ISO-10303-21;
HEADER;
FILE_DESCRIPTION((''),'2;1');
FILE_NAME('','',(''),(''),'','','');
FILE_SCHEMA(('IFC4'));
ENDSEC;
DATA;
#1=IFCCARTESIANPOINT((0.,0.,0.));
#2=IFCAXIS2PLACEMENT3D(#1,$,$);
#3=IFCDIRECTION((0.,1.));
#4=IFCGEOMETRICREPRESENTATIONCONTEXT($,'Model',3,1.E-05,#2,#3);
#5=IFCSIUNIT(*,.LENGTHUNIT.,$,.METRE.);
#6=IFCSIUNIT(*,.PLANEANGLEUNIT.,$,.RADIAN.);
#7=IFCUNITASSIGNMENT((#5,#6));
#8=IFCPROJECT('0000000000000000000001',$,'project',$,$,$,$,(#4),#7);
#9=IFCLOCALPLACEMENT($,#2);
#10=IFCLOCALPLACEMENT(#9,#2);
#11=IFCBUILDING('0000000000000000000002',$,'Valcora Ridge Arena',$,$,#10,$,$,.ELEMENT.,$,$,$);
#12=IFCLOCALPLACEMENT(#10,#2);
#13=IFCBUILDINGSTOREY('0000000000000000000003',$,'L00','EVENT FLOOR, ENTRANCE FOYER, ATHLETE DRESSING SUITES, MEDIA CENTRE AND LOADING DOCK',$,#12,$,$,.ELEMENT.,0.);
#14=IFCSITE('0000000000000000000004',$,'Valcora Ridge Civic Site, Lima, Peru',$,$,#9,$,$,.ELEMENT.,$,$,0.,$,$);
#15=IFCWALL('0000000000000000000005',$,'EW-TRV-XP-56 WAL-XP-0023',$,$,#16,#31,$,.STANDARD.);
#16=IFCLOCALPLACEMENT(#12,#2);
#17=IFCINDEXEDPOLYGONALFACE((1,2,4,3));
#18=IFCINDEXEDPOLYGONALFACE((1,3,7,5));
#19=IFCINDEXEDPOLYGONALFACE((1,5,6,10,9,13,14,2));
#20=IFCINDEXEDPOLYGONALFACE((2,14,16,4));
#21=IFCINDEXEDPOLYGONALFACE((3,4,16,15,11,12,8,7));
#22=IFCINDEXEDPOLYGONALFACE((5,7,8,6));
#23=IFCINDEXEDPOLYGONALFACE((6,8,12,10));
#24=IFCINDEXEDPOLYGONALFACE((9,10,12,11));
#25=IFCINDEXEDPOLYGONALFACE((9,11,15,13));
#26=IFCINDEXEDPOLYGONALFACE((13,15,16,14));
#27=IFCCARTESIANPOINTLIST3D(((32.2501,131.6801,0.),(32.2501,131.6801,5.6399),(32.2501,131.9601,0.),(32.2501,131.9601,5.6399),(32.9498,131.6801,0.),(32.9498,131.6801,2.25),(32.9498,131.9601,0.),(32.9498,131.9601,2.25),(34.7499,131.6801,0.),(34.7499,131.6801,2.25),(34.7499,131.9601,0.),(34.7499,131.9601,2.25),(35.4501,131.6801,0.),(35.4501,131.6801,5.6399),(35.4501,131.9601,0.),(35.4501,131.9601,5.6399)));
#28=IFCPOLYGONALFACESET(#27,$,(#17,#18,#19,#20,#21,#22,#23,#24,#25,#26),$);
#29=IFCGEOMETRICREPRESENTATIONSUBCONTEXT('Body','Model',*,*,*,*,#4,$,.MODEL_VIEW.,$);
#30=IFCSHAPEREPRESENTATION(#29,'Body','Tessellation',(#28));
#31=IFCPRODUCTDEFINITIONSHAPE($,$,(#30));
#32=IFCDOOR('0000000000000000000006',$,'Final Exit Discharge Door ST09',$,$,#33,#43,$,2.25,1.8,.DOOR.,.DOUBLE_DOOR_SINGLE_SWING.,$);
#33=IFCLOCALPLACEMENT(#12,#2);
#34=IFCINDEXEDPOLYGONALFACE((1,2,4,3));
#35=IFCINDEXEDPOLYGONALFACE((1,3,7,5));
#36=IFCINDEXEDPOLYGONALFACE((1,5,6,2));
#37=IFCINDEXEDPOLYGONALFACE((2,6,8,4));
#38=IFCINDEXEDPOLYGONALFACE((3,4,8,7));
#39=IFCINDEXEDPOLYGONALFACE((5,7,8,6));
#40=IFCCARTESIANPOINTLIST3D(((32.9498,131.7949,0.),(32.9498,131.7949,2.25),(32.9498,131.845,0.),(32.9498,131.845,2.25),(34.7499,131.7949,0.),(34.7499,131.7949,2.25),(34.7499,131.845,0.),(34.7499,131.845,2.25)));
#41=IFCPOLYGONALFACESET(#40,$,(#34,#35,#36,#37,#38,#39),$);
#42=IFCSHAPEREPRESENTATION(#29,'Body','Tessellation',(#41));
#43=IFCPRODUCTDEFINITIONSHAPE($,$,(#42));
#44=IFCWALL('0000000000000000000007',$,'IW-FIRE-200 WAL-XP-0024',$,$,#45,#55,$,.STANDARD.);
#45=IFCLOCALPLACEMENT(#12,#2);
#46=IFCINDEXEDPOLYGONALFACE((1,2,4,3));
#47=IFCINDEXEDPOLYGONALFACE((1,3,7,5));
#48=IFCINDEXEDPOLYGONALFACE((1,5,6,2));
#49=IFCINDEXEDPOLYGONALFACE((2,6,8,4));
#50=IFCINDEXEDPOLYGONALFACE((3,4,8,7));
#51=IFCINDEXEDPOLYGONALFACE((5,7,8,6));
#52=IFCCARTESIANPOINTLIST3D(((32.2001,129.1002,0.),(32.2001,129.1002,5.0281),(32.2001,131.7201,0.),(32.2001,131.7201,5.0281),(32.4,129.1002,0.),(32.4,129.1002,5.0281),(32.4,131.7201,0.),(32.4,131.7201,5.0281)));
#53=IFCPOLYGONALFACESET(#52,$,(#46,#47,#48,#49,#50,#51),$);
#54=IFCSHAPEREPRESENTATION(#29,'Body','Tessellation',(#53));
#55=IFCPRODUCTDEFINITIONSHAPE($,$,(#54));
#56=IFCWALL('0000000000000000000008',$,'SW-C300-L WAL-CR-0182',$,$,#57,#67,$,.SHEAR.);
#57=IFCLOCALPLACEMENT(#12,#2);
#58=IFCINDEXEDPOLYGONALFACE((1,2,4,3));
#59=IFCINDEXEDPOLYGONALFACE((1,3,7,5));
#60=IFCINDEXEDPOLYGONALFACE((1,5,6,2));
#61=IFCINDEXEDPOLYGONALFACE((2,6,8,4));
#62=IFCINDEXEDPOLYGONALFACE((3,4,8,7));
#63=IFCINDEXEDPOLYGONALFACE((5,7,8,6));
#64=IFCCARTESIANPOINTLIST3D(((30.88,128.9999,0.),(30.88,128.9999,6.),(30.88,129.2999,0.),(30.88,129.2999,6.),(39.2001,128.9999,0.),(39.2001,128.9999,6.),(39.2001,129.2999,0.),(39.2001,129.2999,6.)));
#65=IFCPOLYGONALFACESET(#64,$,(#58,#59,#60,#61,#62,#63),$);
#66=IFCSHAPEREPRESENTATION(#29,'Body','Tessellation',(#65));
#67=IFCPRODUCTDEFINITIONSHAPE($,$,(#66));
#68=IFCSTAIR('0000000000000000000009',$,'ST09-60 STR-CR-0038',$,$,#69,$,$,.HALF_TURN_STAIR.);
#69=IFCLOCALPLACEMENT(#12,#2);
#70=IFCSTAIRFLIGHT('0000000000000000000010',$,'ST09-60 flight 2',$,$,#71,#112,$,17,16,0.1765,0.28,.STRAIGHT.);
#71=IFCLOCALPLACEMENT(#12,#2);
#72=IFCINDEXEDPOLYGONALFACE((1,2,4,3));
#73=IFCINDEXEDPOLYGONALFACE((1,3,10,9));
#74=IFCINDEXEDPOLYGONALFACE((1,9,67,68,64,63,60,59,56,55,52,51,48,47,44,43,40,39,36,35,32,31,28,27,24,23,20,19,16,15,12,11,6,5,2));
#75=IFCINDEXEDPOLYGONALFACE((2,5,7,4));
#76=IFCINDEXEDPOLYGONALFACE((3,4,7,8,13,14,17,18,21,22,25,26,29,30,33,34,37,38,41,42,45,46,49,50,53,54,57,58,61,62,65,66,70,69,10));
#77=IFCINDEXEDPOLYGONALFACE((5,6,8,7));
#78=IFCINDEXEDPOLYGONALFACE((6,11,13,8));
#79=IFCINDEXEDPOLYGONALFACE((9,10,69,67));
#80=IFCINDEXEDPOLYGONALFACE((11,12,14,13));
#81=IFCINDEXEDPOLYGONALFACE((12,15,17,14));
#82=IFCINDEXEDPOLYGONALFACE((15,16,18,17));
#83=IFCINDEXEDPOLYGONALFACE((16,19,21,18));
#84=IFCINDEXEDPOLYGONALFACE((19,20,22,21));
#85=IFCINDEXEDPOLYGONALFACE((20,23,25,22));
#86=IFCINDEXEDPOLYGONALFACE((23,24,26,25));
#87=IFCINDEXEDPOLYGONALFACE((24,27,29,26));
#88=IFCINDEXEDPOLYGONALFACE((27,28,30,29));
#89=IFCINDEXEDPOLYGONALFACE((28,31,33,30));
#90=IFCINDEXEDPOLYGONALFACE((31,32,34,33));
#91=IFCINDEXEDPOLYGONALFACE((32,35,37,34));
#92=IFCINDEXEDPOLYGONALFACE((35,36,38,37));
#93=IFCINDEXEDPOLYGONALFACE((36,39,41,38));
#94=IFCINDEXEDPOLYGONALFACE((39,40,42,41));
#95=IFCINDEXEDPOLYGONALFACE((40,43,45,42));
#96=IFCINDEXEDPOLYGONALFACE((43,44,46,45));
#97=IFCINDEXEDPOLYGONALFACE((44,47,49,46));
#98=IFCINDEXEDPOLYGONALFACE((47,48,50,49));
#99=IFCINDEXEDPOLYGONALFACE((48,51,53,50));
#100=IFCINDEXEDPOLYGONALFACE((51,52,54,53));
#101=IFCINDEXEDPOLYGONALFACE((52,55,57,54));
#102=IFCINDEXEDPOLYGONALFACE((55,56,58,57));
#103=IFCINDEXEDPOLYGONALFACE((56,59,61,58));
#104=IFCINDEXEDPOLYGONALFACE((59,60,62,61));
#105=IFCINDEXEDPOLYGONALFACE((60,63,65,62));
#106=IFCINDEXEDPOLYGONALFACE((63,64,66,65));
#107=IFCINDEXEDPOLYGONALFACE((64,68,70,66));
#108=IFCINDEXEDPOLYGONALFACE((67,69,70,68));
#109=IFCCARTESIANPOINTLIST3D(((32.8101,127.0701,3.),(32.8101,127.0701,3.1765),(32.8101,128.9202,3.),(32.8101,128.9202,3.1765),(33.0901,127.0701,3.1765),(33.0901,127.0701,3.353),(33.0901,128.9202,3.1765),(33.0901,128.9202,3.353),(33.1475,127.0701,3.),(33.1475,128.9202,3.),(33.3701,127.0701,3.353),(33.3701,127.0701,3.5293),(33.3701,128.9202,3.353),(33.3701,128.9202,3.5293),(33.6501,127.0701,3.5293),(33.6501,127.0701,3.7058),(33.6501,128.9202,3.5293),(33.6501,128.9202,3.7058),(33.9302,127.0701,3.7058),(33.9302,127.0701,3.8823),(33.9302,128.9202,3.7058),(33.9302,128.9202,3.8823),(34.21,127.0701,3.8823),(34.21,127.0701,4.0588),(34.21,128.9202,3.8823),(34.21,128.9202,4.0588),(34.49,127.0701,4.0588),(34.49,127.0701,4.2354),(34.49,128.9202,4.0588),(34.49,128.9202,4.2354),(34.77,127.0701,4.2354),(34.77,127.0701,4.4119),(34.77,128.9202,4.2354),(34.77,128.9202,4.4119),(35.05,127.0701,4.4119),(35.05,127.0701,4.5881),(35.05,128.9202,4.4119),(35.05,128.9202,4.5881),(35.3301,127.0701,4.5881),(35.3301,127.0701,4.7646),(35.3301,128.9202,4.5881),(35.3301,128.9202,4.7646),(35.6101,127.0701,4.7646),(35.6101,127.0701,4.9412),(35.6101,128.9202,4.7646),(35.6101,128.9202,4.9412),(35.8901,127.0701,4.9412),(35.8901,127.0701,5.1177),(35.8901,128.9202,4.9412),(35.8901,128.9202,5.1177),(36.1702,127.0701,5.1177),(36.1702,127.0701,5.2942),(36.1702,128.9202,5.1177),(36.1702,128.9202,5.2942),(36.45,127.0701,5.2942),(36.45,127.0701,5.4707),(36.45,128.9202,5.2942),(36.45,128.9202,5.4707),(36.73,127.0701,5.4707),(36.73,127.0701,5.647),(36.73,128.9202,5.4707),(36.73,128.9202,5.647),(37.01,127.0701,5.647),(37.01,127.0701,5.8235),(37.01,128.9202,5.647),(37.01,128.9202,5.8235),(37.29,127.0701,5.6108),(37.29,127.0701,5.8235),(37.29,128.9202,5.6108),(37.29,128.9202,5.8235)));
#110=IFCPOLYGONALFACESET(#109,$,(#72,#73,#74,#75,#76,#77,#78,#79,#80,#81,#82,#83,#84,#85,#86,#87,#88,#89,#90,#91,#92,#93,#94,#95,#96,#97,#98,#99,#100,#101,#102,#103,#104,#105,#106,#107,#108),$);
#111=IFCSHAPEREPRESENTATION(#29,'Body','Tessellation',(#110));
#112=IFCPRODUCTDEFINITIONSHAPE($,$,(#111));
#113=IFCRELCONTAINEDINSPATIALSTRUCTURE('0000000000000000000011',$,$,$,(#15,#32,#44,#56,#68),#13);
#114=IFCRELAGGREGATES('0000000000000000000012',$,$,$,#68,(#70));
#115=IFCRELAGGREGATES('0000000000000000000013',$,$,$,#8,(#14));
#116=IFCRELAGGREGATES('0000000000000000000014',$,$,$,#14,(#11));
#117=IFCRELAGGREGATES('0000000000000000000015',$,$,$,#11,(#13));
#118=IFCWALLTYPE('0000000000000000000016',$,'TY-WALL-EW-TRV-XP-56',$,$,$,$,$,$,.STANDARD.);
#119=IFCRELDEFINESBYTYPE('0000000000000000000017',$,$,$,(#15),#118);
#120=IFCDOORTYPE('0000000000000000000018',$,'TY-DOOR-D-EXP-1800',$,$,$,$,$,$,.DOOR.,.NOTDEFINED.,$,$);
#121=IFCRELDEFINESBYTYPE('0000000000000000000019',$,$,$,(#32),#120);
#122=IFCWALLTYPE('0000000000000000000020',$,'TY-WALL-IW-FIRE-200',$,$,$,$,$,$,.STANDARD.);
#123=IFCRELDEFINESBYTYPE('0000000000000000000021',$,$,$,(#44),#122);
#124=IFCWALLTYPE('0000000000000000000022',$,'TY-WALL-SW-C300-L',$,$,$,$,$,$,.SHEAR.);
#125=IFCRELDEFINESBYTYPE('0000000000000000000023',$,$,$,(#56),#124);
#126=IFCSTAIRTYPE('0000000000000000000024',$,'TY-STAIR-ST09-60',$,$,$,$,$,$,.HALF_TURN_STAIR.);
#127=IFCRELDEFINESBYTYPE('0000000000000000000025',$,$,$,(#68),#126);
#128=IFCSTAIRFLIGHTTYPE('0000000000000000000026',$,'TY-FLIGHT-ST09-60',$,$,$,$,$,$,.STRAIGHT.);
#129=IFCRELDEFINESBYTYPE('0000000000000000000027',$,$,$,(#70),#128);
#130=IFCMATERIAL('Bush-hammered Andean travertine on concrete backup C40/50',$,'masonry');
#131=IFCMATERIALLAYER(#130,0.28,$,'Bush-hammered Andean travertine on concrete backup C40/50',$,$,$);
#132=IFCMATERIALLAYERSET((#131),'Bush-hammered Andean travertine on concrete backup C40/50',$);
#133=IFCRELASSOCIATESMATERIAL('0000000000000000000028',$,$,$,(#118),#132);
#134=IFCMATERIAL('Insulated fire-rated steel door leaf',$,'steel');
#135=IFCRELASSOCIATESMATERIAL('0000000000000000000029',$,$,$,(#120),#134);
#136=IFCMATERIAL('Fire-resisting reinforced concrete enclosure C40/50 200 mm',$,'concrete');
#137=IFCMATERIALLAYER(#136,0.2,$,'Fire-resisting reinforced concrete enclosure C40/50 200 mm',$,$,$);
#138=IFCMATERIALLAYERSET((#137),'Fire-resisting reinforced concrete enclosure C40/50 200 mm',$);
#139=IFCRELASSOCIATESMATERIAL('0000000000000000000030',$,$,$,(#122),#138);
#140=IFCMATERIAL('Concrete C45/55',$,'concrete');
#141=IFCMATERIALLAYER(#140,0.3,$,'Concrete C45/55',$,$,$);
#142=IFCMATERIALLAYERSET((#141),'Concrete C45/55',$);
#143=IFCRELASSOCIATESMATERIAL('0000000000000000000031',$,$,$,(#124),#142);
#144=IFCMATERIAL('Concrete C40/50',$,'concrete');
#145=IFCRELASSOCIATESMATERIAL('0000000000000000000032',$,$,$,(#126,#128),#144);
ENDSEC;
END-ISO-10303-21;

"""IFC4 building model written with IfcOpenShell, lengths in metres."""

from ifc_helpers import new_model, si_unit, direction, frame, frame_2d, origin, place, context, subcontext, project, spatial, polyline, rectangle, outline, extrude, material, layer, layer_set, type_object, element, fill, aggregate, save


model = new_model("IFC4")

# Units and contexts
model_context = context("Model", 3, precision=1e-05, world=origin(), true_north=direction((0.0, 1.0)))
body_context = subcontext(model_context, "Body", "Model", "MODEL_VIEW")
ifc_project = project(units=[si_unit("LENGTHUNIT", "METRE"), si_unit("PLANEANGLEUNIT", "RADIAN")], contexts=[model_context])

# Site, building, storey
site_placement = place(None, origin())
site = spatial("IfcSite", under=ifc_project, at=site_placement, Name="Valcora Ridge Civic Site, Lima, Peru", CompositionType="ELEMENT", RefElevation=0.0)
building_placement = place(site_placement, origin())
building = spatial("IfcBuilding", under=site, at=building_placement, Name="Valcora Ridge Arena", CompositionType="ELEMENT")
storey_placement = place(building_placement, origin())
storey = spatial("IfcBuildingStorey", under=building, at=storey_placement, Name="L00", Description="EVENT FLOOR, ENTRANCE FOYER, ATHLETE DRESSING SUITES, MEDIA CENTRE AND LOADING DOCK", CompositionType="ELEMENT", Elevation=0.0)

# Shared definitions
ifc_material_1 = material(Name="Concrete C40/50", Category="concrete")

# Shared definitions
ifc_material_2 = material(Name="Bush-hammered Andean travertine on concrete backup C40/50", Category="masonry")

# Wall, opening, door
ifc_layer_1 = layer(ifc_material_2, 0.28, Name="Bush-hammered Andean travertine on concrete backup C40/50")
ifc_layer_set_1 = layer_set([ifc_layer_1], Name="Bush-hammered Andean travertine on concrete backup C40/50")
wall_type_1 = type_object("IfcWallType", Name="TY-WALL-EW-TRV-XP-56", PredefinedType="STANDARD", material=ifc_layer_set_1)
wall_1_placement = place(storey_placement, frame((32.25, 131.8201, 0.0), z_axis=(0.0, 0.0, 1.0), x_axis=(1.0, 0.0, 0.0)))
wall_1 = element("IfcWall", 1, at=wall_1_placement, inside=storey, type_object=wall_type_1, Name="EW-TRV-XP-56 WAL-XP-0023", PredefinedType="STANDARD", context=body_context, shape_type="SweptSolid", body=[
    extrude(rectangle(XDim=3.2, YDim=0.28, at=frame_2d((1.6001, 0.0))), origin(), (0.0, 0.0, 1.0), 5.6399),
])
opening_1_placement = place(wall_1_placement, frame((0.7, 0.0, 0.0)))
opening_1 = element("IfcOpeningElement", 2, at=opening_1_placement, cuts=wall_1, PredefinedType="OPENING", context=body_context, shape_type="SweptSolid", body=[
    extrude(rectangle(XDim=1.8, YDim=2.25, at=frame_2d((0.8999, 1.125))), frame((0.0, 0.1499, 0.0), z_axis=(0.0, -1.0, 0.0), x_axis=(1.0, 0.0, 0.0)), (0.0, 0.0, 1.0), 0.3),
])
ifc_material_3 = material(Name="Insulated fire-rated steel door leaf", Category="steel")
door_type_1 = type_object("IfcDoorType", Name="TY-DOOR-D-EXP-1800", OperationType="NOTDEFINED", PredefinedType="DOOR", material=ifc_material_3)
door_1_placement = place(opening_1_placement, origin())
door_1 = element("IfcDoor", 3, at=door_1_placement, inside=storey, type_object=door_type_1, Name="Final Exit Discharge Door ST09", OperationType="DOUBLE_DOOR_SINGLE_SWING", OverallHeight=2.25, OverallWidth=1.8, PredefinedType="DOOR", context=body_context, shape_type="SweptSolid", body=[
    extrude(rectangle(XDim=1.8, YDim=2.25, at=frame_2d((0.8999, 1.125))), frame((0.0, 0.0249, 0.0), z_axis=(0.0, -1.0, 0.0), x_axis=(1.0, 0.0, 0.0)), (0.0, 0.0, 1.0), 0.05),
])
fill(opening_1, door_1)

# Wall
ifc_material_4 = material(Name="Fire-resisting reinforced concrete enclosure C40/50 200 mm", Category="concrete")
ifc_layer_2 = layer(ifc_material_4, 0.2, Name="Fire-resisting reinforced concrete enclosure C40/50 200 mm")
ifc_layer_set_2 = layer_set([ifc_layer_2], Name="Fire-resisting reinforced concrete enclosure C40/50 200 mm")
wall_type_2 = type_object("IfcWallType", Name="TY-WALL-IW-FIRE-200", PredefinedType="STANDARD", material=ifc_layer_set_2)
wall_2_placement = place(storey_placement, frame((32.3, 129.1001, 0.0), z_axis=(0.0, 0.0, 1.0), x_axis=(0.0, 1.0, 0.0)))
element("IfcWall", 4, at=wall_2_placement, inside=storey, type_object=wall_type_2, Name="IW-FIRE-200 WAL-XP-0024", PredefinedType="STANDARD", context=body_context, shape_type="SweptSolid", body=[
    extrude(rectangle(XDim=2.6199, YDim=0.2, at=frame_2d((1.3101, 0.0))), origin(), (0.0, 0.0, 1.0), 5.0281),
])

# Wall
ifc_material_5 = material(Name="Concrete C45/55", Category="concrete")
ifc_layer_3 = layer(ifc_material_5, 0.3, Name="Concrete C45/55")
ifc_layer_set_3 = layer_set([ifc_layer_3], Name="Concrete C45/55")
wall_type_3 = type_object("IfcWallType", Name="TY-WALL-SW-C300-L", PredefinedType="SHEAR", material=ifc_layer_set_3)
wall_3_placement = place(storey_placement, frame((30.8799, 129.1499, 0.0), z_axis=(0.0, 0.0, 1.0), x_axis=(1.0, 0.0, 0.0)))
element("IfcWall", 5, at=wall_3_placement, inside=storey, type_object=wall_type_3, Name="SW-C300-L WAL-CR-0182", PredefinedType="SHEAR", context=body_context, shape_type="SweptSolid", body=[
    extrude(rectangle(XDim=8.3201, YDim=0.3, at=frame_2d((4.1602, 0.0))), origin(), (0.0, 0.0, 1.0), 6.0),
])

# Stair, stair flight
stair_type = type_object("IfcStairType", Name="TY-STAIR-ST09-60", PredefinedType="HALF_TURN_STAIR", material=ifc_material_1)
stair_placement = place(storey_placement, origin())
stair = element("IfcStair", 6, at=stair_placement, inside=storey, type_object=stair_type, Name="ST09-60 STR-CR-0038", PredefinedType="HALF_TURN_STAIR")
stair_flight_type = type_object("IfcStairFlightType", Name="TY-FLIGHT-ST09-60", PredefinedType="STRAIGHT", material=ifc_material_1)
stair_flight_placement = place(storey_placement, frame((32.8101, 127.9951, 3.0), z_axis=(0.0, 0.0, 1.0), x_axis=(1.0, 0.0, 0.0)))
stair_flight = element("IfcStairFlight", 7, at=stair_flight_placement, type_object=stair_flight_type, Name="ST09-60 flight 2", NumberOfRisers=17, NumberOfTreads=16, PredefinedType="STRAIGHT", RiserHeight=0.1765, TreadLength=0.28, context=body_context, shape_type="SweptSolid", body=[
    extrude(outline(polyline([(0.0, 0.0), (0.0, 0.1765), (0.28, 0.1765), (0.28, 0.353), (0.5601, 0.353), (0.5601, 0.5293), (0.8401, 0.5293), (0.8401, 0.7058), (1.1201, 0.7058), (1.1201, 0.8823), (1.3999, 0.8823), (1.3999, 1.0588), (1.6799, 1.0588), (1.6799, 1.2354), (1.96, 1.2354), (1.96, 1.4119), (2.24, 1.4119), (2.24, 1.5881), (2.52, 1.5881), (2.52, 1.7646), (2.8, 1.7646), (2.8, 1.9412), (3.0801, 1.9412), (3.0801, 2.1177), (3.3601, 2.1177), (3.3601, 2.2942), (3.6399, 2.2942), (3.6399, 2.4707), (3.9199, 2.4707), (3.9199, 2.647), (4.2, 2.647), (4.2, 2.8235), (4.48, 2.8235), (4.48, 3.0), (4.48, 2.6108), (0.3374, 0.0), (0.0, 0.0)])), frame((0.0, 0.925, 0.0), z_axis=(0.0, -1.0, 0.0), x_axis=(1.0, 0.0, 0.0)), (0.0, 0.0, 1.0), 1.8501),
])
aggregate(stair, [stair_flight])

save(model, "model.ifc")
